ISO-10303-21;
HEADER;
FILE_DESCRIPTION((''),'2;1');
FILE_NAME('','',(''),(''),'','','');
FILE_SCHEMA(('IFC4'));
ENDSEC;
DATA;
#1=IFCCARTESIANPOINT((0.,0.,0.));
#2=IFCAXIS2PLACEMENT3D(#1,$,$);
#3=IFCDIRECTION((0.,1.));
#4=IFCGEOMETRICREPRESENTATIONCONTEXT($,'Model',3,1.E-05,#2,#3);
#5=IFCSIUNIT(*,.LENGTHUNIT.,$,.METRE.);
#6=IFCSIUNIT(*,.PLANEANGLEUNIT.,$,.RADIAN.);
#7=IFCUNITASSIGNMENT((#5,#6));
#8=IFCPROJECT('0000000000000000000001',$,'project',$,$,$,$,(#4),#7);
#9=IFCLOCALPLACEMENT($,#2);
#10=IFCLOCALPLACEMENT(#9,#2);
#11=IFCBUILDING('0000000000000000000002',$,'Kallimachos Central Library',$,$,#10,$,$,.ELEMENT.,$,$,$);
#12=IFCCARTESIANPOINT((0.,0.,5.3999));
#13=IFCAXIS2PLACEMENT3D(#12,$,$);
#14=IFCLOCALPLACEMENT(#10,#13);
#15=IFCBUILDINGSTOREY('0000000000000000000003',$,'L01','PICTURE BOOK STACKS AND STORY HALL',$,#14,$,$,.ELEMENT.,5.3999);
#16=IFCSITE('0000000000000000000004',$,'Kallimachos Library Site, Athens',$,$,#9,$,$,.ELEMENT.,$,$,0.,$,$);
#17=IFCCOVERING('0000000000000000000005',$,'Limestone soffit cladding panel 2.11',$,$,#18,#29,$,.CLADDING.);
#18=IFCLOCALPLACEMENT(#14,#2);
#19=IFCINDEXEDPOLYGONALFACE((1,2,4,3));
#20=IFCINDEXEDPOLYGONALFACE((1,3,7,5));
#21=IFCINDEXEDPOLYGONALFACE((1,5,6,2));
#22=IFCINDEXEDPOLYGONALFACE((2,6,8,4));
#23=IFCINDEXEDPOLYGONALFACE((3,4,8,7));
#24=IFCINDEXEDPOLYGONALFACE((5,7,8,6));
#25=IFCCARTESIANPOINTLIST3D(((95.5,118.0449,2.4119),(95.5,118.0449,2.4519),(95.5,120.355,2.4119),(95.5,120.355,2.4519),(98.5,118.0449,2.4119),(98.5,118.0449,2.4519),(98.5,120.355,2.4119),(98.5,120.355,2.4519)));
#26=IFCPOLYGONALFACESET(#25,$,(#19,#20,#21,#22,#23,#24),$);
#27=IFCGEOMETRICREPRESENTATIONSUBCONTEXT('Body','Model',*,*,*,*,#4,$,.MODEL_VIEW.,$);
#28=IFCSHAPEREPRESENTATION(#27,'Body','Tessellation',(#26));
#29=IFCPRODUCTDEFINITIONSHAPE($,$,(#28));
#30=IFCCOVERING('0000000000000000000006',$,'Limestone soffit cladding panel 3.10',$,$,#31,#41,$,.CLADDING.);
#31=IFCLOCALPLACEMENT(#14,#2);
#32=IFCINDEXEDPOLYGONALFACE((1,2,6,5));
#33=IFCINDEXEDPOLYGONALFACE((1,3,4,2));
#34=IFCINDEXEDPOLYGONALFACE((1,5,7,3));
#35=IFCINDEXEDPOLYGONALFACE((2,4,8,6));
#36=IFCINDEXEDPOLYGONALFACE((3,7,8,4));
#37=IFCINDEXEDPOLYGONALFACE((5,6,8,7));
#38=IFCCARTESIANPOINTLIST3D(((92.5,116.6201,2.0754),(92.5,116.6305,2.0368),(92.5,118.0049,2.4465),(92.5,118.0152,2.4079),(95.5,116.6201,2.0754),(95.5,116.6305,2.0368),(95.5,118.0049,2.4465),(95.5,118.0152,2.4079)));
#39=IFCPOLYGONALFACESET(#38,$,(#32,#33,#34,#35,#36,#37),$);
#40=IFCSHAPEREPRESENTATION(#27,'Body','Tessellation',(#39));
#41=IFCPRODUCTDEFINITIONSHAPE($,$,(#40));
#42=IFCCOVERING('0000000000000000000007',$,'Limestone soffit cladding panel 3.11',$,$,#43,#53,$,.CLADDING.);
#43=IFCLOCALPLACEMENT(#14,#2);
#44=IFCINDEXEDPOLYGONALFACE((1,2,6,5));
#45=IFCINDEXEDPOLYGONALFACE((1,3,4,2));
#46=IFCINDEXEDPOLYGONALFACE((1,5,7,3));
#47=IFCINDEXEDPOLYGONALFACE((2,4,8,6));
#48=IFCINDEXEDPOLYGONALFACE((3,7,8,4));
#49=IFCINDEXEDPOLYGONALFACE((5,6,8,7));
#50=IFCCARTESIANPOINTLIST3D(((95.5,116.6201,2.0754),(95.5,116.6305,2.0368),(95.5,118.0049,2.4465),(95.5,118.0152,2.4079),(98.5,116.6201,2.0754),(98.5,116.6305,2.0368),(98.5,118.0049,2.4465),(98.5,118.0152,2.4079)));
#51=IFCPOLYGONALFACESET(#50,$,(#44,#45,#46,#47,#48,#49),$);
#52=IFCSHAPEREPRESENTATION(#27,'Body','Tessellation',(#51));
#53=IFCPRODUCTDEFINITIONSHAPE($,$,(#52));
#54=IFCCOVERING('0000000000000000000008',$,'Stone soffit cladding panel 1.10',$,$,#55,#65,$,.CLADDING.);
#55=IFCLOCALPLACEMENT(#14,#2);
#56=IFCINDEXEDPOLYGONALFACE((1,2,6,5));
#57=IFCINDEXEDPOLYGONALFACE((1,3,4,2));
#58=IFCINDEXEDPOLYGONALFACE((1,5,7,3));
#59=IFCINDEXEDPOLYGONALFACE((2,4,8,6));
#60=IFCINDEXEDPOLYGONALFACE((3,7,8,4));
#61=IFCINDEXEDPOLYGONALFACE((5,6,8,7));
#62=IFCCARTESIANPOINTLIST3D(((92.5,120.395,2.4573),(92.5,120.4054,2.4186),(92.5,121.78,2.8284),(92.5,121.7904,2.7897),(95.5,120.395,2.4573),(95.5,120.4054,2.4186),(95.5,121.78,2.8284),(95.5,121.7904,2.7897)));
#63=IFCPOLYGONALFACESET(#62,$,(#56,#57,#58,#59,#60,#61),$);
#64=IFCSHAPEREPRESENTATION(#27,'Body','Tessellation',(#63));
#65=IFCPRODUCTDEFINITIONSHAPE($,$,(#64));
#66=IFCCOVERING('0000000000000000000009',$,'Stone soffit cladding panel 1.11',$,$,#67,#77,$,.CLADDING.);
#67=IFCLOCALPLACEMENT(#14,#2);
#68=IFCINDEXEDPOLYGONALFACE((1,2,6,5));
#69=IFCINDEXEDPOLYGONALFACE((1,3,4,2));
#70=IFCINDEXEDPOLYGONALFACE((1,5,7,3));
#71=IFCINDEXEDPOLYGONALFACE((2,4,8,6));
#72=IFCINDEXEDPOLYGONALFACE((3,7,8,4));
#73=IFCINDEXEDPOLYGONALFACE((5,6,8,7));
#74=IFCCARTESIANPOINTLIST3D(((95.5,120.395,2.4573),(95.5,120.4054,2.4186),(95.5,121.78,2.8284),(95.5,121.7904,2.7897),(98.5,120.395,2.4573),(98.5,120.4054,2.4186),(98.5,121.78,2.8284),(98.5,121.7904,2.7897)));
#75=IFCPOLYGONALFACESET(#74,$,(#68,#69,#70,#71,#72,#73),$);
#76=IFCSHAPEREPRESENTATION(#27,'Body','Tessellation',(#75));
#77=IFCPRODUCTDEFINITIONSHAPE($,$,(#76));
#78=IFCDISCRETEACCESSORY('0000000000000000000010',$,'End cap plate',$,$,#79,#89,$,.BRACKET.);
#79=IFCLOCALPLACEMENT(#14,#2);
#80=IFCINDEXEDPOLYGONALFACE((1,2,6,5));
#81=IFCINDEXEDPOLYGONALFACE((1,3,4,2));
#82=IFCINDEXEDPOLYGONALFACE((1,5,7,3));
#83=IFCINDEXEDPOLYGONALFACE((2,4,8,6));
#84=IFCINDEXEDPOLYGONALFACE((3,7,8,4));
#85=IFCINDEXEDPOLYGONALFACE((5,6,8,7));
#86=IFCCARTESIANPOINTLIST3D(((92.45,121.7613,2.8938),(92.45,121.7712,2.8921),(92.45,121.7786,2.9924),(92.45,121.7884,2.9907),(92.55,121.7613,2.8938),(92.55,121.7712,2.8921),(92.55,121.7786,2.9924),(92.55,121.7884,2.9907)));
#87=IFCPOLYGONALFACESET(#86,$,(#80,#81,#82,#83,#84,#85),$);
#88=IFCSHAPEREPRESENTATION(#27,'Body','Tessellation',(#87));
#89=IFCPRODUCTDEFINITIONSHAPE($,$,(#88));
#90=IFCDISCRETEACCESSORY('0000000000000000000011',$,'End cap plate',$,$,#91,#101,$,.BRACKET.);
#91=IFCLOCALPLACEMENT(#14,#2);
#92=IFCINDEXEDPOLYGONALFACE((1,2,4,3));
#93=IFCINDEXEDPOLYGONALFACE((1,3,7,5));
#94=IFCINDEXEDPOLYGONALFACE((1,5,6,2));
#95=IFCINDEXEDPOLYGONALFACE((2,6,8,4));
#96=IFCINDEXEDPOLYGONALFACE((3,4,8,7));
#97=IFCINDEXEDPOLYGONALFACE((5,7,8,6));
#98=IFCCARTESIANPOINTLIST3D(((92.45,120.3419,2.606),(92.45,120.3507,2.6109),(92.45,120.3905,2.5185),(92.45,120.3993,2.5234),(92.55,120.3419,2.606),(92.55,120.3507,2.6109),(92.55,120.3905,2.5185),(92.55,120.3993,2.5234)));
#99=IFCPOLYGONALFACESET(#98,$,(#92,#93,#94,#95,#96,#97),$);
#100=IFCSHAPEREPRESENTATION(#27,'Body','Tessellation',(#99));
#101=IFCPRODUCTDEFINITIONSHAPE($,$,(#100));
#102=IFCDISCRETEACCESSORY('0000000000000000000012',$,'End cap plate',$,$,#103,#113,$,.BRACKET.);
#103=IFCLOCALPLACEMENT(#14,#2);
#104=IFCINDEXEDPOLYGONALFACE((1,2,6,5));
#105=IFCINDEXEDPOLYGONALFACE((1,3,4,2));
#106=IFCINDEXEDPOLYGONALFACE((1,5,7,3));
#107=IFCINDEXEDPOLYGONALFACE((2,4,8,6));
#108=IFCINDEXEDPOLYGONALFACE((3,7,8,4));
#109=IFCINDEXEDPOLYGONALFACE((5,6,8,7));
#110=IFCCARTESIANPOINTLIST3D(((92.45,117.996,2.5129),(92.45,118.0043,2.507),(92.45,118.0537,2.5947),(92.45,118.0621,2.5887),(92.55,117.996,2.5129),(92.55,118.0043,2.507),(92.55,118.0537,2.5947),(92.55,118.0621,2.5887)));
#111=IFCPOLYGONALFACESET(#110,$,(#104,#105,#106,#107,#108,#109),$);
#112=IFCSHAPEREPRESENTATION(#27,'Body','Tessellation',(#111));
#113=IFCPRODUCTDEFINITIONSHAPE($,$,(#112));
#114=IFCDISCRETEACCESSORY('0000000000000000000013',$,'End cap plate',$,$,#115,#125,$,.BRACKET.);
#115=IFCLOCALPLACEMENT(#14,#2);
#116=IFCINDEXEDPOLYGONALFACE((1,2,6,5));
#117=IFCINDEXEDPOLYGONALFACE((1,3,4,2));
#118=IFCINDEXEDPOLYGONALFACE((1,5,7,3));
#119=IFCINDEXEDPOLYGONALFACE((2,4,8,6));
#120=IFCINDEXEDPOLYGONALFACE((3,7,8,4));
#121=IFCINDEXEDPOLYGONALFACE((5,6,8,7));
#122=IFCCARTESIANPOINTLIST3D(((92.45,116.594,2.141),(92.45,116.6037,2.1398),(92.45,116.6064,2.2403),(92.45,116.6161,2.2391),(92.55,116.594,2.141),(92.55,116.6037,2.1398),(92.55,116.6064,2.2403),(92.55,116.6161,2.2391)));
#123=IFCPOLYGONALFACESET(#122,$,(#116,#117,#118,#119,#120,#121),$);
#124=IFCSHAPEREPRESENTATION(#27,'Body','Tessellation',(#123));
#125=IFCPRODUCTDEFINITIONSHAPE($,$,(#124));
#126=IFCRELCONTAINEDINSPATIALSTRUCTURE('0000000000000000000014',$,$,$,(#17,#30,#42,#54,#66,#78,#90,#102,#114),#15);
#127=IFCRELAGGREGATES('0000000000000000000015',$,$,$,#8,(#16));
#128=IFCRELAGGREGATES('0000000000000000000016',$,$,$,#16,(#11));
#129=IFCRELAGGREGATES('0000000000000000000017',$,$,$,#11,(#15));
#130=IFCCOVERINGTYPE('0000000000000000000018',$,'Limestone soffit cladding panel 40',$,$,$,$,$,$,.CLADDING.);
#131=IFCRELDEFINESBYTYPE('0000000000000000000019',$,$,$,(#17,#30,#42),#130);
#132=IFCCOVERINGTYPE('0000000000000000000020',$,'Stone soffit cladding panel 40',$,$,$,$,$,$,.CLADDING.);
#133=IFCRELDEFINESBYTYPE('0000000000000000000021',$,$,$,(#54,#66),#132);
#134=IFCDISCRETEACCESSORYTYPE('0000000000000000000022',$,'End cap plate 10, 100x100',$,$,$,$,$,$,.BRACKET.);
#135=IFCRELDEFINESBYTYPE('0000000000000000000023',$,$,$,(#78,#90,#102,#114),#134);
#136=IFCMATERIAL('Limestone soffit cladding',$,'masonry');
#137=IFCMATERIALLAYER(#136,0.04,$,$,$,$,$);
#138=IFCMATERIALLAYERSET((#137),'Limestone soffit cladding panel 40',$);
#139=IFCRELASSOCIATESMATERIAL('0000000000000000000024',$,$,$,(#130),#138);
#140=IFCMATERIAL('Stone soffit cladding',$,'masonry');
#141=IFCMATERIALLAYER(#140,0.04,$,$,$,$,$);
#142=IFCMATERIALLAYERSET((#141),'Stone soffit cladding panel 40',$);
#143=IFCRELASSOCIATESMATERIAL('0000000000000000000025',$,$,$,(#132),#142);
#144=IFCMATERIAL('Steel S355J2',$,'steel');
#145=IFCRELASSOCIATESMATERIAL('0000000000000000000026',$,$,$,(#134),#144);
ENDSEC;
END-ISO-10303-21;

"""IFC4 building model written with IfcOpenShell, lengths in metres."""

from ifc_helpers import new_model, si_unit, direction, frame, origin, origin_2d, place, context, subcontext, project, spatial, polyline, rectangle, outline, extrude, material, layer, layer_set, material_profile, profile_set, type_object, element, save


model = new_model("IFC4")

# Units and contexts
model_context = context("Model", 3, precision=1e-05, world=origin(), true_north=direction((0.0, 1.0)))
body_context = subcontext(model_context, "Body", "Model", "MODEL_VIEW")
ifc_project = project(units=[si_unit("LENGTHUNIT", "METRE"), si_unit("PLANEANGLEUNIT", "RADIAN")], contexts=[model_context])

# Site, building, storey
site_placement = place(None, origin())
site = spatial("IfcSite", under=ifc_project, at=site_placement, Name="Kallimachos Library Site, Athens", CompositionType="ELEMENT", RefElevation=0.0)
building_placement = place(site_placement, origin())
building = spatial("IfcBuilding", under=site, at=building_placement, Name="Kallimachos Central Library", CompositionType="ELEMENT")
storey_placement = place(building_placement, frame((0.0, 0.0, 5.3999)))
storey = spatial("IfcBuildingStorey", under=building, at=storey_placement, Name="L01", Description="PICTURE BOOK STACKS AND STORY HALL", CompositionType="ELEMENT", Elevation=5.3999)

# Coverings
ifc_material_1 = material(Name="Limestone soffit cladding", Category="masonry")
ifc_layer_1 = layer(ifc_material_1, 0.04)
ifc_layer_set_1 = layer_set([ifc_layer_1], Name="Limestone soffit cladding panel 40")
covering_type_1 = type_object("IfcCoveringType", Name="Limestone soffit cladding panel 40", PredefinedType="CLADDING", material=ifc_layer_set_1)
for number, where, z_axis, x_axis, name in (
    (1, (95.5, 120.355, 2.4519), (0.0, 0.0, 1.0), (1.0, 0.0, 0.0), "Limestone soffit cladding panel 2.11"),
):
    element("IfcCovering", number, at=place(storey_placement, frame(where, z_axis=z_axis, x_axis=x_axis)), inside=storey, type_object=covering_type_1, Name=name, PredefinedType="CLADDING", context=body_context, shape_type="SweptSolid", body=[
        extrude(outline(polyline([(0.0, 0.0), (3.0, 0.0), (3.0, -2.3101), (0.0, -2.3101), (0.0, 0.0)])), origin(), (0.0, 0.0, -1.0), 0.04),
    ])
for number, where, z_axis, x_axis, name in (
    (2, (92.5, 118.0049, 2.4465), (0.0, -0.25885, 0.965918), (1.0, 0.0, 0.0), "Limestone soffit cladding panel 3.10"),
    (3, (95.5, 118.0049, 2.4465), (0.0, -0.25885, 0.965918), (1.0, 0.0, 0.0), "Limestone soffit cladding panel 3.11"),
):
    element("IfcCovering", number, at=place(storey_placement, frame(where, z_axis=z_axis, x_axis=x_axis)), inside=storey, type_object=covering_type_1, Name=name, PredefinedType="CLADDING", context=body_context, shape_type="SweptSolid", body=[
        extrude(outline(polyline([(0.0, 0.0), (3.0, 0.0), (3.0, -1.4336), (0.0, -1.4336), (0.0, 0.0)])), origin(), (0.0, 0.0, -1.0), 0.04),
    ])
ifc_material_2 = material(Name="Stone soffit cladding", Category="masonry")
ifc_layer_2 = layer(ifc_material_2, 0.04)
ifc_layer_set_2 = layer_set([ifc_layer_2], Name="Stone soffit cladding panel 40")
covering_type_2 = type_object("IfcCoveringType", Name="Stone soffit cladding panel 40", PredefinedType="CLADDING", material=ifc_layer_set_2)
for number, where, z_axis, x_axis, name in (
    (4, (92.5, 121.78, 2.8284), (0.0, -0.258807, 0.965929), (1.0, 0.0, 0.0), "Stone soffit cladding panel 1.10"),
    (5, (95.5, 121.78, 2.8284), (0.0, -0.258807, 0.965929), (1.0, 0.0, 0.0), "Stone soffit cladding panel 1.11"),
):
    element("IfcCovering", number, at=place(storey_placement, frame(where, z_axis=z_axis, x_axis=x_axis)), inside=storey, type_object=covering_type_2, Name=name, PredefinedType="CLADDING", context=body_context, shape_type="SweptSolid", body=[
        extrude(outline(polyline([(0.0, 0.0), (3.0, 0.0), (3.0, -1.4339), (0.0, -1.4339), (0.0, 0.0)])), origin(), (0.0, 0.0, -1.0), 0.04),
    ])

# Discrete accessories
ifc_material_3 = material(Name="Steel S355J2", Category="steel")
ifc_material_profile_1 = material_profile(ifc_material_3, rectangle(XDim=0.1001, YDim=0.1001, at=origin_2d()), Name="End cap plate 10, 100x100")
ifc_profile_set_1 = profile_set([ifc_material_profile_1], Name="Steel S355J2")
discrete_accessory_type = type_object("IfcDiscreteAccessoryType", Name="End cap plate 10, 100x100", PredefinedType="BRACKET", material=ifc_profile_set_1)
for number, where, z_axis, x_axis, name in (
    (6, (92.5, 121.7798, 2.9414), (0.0, -0.98503, 0.17238), (1.0, 0.0, 0.0), "End cap plate"),
    (7, (92.5, 120.3662, 2.5623), (0.0, 0.874157, 0.485643), (-1.0, 0.0, 0.0), "End cap plate"),
):
    element("IfcDiscreteAccessory", number, at=place(storey_placement, frame(where, z_axis=z_axis, x_axis=x_axis)), inside=storey, type_object=discrete_accessory_type, Name=name, PredefinedType="BRACKET", context=body_context, shape_type="SweptSolid", body=[
        extrude(rectangle(XDim=0.1001, YDim=0.1001, at=origin_2d()), origin(), (0.0, 0.0, 1.0), 0.01),
    ])
discrete_accessory_1_placement = place(storey_placement, frame((92.5, 118.0332, 2.5479), z_axis=(0.0, -0.816968, 0.576683), x_axis=(1.0, 0.0, 0.0)))
element("IfcDiscreteAccessory", 8, at=discrete_accessory_1_placement, inside=storey, type_object=discrete_accessory_type, Name="End cap plate", PredefinedType="BRACKET", context=body_context, shape_type="SweptSolid", body=[
    extrude(rectangle(XDim=0.1001, YDim=0.1001, at=origin_2d()), origin(), (0.0, 0.0, 1.0), 0.0103),
])
discrete_accessory_2_placement = place(storey_placement, frame((92.5, 116.6099, 2.1895), z_axis=(0.0, -0.992278, 0.124035), x_axis=(1.0, 0.0, 0.0)))
element("IfcDiscreteAccessory", 9, at=discrete_accessory_2_placement, inside=storey, type_object=discrete_accessory_type, Name="End cap plate", PredefinedType="BRACKET", context=body_context, shape_type="SweptSolid", body=[
    extrude(rectangle(XDim=0.1001, YDim=0.1001, at=origin_2d()), origin(), (0.0, 0.0, 1.0), 0.0098),
])

save(model, "model.ifc")
